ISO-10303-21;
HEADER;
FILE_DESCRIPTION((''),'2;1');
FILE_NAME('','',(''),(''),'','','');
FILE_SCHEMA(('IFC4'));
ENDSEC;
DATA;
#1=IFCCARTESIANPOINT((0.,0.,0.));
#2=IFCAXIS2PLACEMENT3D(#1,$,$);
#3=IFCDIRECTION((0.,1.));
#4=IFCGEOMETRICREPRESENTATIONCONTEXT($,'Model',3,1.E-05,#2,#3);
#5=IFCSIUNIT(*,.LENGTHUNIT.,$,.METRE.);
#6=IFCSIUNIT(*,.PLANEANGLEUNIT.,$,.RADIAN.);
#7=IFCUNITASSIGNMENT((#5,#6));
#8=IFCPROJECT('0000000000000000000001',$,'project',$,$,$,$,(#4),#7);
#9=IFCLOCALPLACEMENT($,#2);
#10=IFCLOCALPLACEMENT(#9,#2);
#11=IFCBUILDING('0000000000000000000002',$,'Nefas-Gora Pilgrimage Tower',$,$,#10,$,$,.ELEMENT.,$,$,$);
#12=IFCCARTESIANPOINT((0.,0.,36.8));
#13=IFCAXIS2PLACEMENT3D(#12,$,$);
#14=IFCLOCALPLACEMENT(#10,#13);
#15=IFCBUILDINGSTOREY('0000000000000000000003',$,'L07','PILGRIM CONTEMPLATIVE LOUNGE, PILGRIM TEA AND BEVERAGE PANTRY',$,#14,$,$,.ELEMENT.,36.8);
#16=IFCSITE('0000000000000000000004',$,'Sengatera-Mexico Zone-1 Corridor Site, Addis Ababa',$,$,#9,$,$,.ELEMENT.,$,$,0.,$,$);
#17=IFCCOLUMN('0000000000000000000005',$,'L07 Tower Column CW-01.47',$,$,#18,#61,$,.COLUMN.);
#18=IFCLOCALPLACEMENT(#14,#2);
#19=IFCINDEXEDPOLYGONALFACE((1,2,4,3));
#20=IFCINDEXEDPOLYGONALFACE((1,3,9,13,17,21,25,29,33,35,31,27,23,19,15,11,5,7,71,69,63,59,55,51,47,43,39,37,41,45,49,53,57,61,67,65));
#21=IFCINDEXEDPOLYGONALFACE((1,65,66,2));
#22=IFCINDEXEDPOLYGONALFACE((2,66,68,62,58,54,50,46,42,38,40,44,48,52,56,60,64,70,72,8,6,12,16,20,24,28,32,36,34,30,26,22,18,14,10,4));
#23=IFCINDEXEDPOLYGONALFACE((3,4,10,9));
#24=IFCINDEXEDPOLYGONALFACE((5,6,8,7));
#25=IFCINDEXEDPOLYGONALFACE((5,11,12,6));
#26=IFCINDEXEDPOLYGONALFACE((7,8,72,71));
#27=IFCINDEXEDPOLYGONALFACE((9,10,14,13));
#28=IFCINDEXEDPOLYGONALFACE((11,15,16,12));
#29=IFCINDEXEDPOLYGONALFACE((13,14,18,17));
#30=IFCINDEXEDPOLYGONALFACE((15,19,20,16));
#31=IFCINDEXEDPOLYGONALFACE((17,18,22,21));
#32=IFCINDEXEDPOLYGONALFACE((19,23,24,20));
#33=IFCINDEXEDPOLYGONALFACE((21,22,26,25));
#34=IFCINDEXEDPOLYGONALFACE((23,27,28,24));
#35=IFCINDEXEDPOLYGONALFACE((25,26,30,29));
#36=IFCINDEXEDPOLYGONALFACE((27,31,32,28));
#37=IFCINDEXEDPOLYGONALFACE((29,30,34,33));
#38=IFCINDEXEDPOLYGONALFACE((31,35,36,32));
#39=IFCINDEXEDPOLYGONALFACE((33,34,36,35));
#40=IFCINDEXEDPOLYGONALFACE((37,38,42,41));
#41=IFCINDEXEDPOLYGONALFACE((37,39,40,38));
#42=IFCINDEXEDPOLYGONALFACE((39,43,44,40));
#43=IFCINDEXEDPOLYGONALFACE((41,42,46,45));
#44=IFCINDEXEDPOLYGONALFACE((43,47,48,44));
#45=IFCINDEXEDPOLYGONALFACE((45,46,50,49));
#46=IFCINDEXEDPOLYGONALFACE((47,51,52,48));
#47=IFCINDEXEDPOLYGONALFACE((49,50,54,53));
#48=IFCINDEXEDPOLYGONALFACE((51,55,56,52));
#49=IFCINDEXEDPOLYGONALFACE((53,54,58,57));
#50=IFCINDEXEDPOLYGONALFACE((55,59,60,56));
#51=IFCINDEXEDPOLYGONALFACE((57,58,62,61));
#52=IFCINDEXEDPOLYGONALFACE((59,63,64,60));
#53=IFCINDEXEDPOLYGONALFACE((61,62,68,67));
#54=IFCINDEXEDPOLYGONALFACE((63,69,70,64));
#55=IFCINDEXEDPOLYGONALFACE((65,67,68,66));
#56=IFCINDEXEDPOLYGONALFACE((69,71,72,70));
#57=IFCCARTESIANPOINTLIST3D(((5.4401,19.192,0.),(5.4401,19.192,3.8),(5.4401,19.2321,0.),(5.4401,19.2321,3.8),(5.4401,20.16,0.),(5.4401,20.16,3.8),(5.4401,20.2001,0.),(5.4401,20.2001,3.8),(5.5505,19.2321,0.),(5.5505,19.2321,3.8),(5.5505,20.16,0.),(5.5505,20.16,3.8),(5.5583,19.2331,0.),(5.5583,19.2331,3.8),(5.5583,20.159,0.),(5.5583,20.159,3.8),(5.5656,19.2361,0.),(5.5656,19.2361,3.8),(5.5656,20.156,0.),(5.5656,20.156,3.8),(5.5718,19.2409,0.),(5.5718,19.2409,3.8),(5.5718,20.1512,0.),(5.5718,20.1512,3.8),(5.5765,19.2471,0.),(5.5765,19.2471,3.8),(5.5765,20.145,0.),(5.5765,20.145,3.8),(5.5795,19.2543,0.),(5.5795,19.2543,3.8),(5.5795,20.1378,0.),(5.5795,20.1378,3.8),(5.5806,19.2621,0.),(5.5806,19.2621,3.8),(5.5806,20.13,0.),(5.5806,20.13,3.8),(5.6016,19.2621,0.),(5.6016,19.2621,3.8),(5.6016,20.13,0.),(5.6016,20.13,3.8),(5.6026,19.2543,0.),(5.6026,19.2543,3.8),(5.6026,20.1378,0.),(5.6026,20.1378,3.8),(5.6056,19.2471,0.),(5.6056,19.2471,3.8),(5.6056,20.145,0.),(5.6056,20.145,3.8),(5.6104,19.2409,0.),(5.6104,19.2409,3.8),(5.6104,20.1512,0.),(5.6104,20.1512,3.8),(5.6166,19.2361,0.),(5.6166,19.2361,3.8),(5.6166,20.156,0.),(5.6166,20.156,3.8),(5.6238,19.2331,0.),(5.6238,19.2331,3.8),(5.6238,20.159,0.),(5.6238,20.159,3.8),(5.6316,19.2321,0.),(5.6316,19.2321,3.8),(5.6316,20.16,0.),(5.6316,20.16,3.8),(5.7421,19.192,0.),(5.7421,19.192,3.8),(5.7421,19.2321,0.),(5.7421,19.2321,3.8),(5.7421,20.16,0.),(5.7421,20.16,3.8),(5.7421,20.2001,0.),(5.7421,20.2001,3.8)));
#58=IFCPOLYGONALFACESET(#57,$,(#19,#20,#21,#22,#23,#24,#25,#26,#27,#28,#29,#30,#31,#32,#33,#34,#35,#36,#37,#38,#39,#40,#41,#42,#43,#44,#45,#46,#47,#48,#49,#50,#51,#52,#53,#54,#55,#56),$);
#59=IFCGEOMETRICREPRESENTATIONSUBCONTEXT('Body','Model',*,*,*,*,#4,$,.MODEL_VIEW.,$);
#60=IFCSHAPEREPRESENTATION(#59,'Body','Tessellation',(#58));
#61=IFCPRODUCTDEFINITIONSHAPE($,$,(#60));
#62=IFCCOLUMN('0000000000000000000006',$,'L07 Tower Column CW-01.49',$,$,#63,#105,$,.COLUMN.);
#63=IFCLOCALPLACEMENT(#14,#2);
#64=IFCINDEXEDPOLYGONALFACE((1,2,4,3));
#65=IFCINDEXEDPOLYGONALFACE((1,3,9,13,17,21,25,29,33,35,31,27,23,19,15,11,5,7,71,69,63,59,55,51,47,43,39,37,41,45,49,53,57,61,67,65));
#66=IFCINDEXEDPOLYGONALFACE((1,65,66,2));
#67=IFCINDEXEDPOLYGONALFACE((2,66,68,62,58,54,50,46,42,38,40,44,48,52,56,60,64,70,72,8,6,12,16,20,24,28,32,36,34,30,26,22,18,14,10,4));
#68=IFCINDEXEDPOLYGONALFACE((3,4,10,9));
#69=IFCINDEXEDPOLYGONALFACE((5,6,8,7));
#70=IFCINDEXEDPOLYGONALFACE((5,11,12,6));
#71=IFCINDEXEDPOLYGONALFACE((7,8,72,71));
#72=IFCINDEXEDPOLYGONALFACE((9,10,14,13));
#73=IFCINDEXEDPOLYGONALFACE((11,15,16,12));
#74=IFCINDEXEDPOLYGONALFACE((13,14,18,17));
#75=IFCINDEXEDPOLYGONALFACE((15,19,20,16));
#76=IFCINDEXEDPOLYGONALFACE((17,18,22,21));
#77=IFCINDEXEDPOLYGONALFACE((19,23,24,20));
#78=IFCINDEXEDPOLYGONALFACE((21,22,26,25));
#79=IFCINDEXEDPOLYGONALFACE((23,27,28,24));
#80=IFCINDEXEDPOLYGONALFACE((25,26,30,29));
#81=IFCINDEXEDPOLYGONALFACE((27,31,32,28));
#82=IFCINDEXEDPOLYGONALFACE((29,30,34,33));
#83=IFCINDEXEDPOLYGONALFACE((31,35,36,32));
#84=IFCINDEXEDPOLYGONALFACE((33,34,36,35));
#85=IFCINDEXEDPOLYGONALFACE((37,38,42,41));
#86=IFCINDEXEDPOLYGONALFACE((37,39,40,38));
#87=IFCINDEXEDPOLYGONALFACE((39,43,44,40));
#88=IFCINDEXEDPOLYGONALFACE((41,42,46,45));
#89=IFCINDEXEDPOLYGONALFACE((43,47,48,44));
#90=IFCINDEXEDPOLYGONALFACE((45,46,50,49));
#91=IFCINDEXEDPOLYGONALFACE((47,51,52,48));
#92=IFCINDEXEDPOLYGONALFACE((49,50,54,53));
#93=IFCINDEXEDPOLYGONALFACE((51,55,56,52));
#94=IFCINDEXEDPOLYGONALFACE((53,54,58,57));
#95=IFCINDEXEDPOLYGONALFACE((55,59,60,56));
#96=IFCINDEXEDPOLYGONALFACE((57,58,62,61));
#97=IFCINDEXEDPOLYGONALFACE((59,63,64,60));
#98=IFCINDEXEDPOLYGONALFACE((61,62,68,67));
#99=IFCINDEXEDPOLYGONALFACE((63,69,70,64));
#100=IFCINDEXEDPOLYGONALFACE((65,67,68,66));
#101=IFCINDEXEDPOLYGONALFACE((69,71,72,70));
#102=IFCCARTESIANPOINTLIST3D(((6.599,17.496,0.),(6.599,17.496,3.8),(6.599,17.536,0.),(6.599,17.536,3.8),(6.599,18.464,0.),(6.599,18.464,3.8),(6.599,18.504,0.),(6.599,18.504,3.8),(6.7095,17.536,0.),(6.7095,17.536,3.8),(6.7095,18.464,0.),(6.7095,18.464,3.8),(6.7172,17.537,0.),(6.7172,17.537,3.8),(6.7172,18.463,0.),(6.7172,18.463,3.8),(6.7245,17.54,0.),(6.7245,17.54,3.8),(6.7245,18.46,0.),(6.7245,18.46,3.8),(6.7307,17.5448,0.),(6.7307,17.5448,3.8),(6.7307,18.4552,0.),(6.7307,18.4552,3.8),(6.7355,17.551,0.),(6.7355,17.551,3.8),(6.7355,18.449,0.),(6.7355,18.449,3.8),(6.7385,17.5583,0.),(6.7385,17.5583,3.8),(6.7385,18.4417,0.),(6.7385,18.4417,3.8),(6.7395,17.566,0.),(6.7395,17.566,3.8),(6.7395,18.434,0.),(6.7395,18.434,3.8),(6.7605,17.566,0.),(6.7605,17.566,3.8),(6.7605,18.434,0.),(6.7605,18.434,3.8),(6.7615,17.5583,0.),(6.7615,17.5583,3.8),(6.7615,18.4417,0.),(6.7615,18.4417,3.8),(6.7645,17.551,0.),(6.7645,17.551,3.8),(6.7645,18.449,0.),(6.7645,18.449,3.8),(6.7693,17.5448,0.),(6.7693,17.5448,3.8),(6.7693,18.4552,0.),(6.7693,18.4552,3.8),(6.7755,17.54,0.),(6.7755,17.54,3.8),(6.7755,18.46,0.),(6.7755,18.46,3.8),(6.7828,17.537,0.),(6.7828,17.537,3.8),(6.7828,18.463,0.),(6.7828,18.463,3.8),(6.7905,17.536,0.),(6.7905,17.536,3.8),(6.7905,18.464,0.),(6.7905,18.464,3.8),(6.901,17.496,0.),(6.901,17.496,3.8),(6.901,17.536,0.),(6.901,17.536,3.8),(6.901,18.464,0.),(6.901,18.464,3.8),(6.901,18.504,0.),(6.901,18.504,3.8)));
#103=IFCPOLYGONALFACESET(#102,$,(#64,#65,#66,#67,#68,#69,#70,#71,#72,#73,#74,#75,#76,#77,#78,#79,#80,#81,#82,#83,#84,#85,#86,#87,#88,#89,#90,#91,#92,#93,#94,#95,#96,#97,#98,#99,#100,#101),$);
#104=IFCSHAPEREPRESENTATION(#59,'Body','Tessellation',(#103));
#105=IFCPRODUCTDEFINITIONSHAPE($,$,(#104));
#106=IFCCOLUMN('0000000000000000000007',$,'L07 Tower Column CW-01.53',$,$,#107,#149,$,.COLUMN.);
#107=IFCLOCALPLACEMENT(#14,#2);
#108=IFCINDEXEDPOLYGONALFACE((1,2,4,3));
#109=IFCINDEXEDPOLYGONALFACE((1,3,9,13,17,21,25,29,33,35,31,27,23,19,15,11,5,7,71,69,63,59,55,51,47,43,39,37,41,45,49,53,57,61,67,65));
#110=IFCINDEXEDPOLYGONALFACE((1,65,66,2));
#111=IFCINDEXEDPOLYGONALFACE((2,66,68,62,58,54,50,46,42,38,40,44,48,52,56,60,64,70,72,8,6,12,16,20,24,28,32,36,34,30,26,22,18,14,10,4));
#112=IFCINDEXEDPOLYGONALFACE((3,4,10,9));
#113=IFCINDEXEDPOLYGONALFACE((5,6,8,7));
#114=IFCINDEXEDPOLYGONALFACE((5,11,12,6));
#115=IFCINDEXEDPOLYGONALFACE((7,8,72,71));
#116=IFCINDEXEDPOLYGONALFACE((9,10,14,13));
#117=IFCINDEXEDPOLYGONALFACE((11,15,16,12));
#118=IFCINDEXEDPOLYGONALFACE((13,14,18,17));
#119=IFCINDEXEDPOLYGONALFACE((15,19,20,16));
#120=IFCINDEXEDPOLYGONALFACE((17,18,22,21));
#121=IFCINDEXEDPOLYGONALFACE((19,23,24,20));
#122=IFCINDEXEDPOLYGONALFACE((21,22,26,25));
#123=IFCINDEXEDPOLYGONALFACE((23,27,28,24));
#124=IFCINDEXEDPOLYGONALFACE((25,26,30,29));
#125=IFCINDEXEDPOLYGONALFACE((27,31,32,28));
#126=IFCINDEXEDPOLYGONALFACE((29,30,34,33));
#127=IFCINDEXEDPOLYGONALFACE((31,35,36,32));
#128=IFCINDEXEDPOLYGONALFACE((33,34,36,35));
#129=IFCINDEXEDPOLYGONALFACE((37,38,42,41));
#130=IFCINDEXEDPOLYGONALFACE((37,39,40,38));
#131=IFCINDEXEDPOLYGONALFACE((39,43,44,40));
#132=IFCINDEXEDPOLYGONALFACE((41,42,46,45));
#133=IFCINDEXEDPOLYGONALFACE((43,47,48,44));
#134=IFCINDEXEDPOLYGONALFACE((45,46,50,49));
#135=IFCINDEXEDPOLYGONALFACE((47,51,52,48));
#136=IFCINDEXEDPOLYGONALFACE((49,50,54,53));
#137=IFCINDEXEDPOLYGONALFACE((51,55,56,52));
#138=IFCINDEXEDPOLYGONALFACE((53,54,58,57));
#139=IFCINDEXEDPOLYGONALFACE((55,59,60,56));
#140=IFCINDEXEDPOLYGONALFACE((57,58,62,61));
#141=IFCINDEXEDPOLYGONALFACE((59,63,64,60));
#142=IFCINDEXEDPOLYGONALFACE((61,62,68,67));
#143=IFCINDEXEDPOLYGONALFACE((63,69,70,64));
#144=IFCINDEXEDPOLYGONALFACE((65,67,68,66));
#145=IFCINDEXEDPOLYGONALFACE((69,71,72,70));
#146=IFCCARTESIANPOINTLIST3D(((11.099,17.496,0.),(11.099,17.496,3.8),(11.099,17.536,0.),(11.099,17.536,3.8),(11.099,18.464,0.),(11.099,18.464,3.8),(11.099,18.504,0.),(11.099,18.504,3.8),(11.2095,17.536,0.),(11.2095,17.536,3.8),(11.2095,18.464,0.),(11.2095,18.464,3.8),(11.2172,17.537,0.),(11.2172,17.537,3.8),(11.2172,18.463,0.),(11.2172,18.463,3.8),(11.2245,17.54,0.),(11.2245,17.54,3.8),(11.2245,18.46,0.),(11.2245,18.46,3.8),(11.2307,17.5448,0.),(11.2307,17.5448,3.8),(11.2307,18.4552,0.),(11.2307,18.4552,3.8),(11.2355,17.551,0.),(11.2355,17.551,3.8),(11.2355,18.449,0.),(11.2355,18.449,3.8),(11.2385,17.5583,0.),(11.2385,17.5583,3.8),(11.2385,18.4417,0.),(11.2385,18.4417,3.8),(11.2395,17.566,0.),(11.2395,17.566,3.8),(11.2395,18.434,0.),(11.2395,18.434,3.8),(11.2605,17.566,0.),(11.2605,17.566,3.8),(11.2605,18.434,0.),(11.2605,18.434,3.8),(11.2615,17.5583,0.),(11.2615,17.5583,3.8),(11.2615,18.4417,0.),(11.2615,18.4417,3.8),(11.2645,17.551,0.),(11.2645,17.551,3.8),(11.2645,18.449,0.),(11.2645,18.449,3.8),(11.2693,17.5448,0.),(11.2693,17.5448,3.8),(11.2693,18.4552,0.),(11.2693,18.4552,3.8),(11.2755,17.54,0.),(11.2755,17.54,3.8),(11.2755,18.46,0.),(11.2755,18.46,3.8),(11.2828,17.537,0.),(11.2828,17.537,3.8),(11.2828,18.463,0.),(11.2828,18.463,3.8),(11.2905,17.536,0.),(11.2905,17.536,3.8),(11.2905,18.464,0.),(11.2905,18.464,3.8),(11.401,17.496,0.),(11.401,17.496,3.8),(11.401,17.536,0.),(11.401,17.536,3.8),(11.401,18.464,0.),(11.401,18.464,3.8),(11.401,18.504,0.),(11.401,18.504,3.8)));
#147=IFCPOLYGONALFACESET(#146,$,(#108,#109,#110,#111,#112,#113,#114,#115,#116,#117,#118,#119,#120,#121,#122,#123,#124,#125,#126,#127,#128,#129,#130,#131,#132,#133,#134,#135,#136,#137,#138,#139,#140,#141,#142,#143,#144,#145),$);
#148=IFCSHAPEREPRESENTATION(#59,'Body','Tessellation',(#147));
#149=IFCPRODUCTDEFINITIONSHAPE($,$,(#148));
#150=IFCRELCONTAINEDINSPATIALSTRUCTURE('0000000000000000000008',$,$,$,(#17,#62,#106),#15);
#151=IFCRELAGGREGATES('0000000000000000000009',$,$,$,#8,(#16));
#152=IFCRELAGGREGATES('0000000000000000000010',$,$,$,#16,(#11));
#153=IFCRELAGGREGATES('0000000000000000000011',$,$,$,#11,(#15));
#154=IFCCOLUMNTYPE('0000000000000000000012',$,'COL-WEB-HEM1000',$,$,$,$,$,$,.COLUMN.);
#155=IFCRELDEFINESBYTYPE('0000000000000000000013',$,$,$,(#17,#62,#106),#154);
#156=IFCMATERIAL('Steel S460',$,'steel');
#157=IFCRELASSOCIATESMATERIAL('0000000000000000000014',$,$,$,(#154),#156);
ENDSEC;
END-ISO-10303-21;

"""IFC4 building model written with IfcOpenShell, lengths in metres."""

from ifc_helpers import new_model, si_unit, direction, frame, origin, origin_2d, place, context, subcontext, project, spatial, i_section, extrude, source, transform, mapped, material, material_profile, profile_set, type_object, element, save


model = new_model("IFC4")

# Units and contexts
model_context = context("Model", 3, precision=1e-05, world=origin(), true_north=direction((0.0, 1.0)))
body_context = subcontext(model_context, "Body", "Model", "MODEL_VIEW")
ifc_project = project(units=[si_unit("LENGTHUNIT", "METRE"), si_unit("PLANEANGLEUNIT", "RADIAN")], contexts=[model_context])

# Site, building, storey
site_placement = place(None, origin())
site = spatial("IfcSite", under=ifc_project, at=site_placement, Name="Sengatera-Mexico Zone-1 Corridor Site, Addis Ababa", CompositionType="ELEMENT", RefElevation=0.0)
building_placement = place(site_placement, origin())
building = spatial("IfcBuilding", under=site, at=building_placement, Name="Nefas-Gora Pilgrimage Tower", CompositionType="ELEMENT")
storey_placement = place(building_placement, frame((0.0, 0.0, 36.8)))
storey = spatial("IfcBuildingStorey", under=building, at=storey_placement, Name="L07", Description="PILGRIM CONTEMPLATIVE LOUNGE, PILGRIM TEA AND BEVERAGE PANTRY", CompositionType="ELEMENT", Elevation=36.8)

# Columns
ifc_material_1 = material(Name="Steel S460", Category="steel")
ifc_material_profile_1 = material_profile(ifc_material_1, i_section(OverallWidth=0.302, OverallDepth=1.0081, WebThickness=0.021, FlangeThickness=0.04, FilletRadius=0.03, at=origin_2d()), Name="HEM 1000")
ifc_profile_set_1 = profile_set([ifc_material_profile_1], Name="Steel S460")
column_type_1 = type_object("IfcColumnType", Name="COL-WEB-HEM1000", PredefinedType="COLUMN", material=ifc_profile_set_1)
shared_shape_1 = source(origin(), body_context, "Body", "SweptSolid", [
    extrude(i_section(OverallWidth=0.302, OverallDepth=1.0081, WebThickness=0.021, FlangeThickness=0.04, FilletRadius=0.03, at=origin_2d()), origin(), (0.0, 0.0, 1.0), 3.8),
])
for number, where, z_axis, x_axis, name in (
    (1, (5.5911, 19.696, 0.0), (0.0, 0.0, 1.0), (1.0, 0.0, 0.0), "L07 Tower Column CW-01.47"),
    (2, (6.75, 18.0, 0.0), (0.0, 0.0, 1.0), (1.0, 0.0, 0.0), "L07 Tower Column CW-01.49"),
    (3, (11.25, 18.0, 0.0), (0.0, 0.0, 1.0), (1.0, 0.0, 0.0), "L07 Tower Column CW-01.53"),
):
    element("IfcColumn", number, at=place(storey_placement, frame(where, z_axis=z_axis, x_axis=x_axis)), inside=storey, type_object=column_type_1, Name=name, PredefinedType="COLUMN", context=body_context, shape_type="MappedRepresentation", body=[
        mapped(shared_shape_1, transform((0.0, 0.0, 0.0), x_axis=(1.0, 0.0, 0.0), y_axis=(0.0, 1.0, 0.0), z_axis=(0.0, 0.0, 1.0), scale=1.0)),
    ])

save(model, "model.ifc")
